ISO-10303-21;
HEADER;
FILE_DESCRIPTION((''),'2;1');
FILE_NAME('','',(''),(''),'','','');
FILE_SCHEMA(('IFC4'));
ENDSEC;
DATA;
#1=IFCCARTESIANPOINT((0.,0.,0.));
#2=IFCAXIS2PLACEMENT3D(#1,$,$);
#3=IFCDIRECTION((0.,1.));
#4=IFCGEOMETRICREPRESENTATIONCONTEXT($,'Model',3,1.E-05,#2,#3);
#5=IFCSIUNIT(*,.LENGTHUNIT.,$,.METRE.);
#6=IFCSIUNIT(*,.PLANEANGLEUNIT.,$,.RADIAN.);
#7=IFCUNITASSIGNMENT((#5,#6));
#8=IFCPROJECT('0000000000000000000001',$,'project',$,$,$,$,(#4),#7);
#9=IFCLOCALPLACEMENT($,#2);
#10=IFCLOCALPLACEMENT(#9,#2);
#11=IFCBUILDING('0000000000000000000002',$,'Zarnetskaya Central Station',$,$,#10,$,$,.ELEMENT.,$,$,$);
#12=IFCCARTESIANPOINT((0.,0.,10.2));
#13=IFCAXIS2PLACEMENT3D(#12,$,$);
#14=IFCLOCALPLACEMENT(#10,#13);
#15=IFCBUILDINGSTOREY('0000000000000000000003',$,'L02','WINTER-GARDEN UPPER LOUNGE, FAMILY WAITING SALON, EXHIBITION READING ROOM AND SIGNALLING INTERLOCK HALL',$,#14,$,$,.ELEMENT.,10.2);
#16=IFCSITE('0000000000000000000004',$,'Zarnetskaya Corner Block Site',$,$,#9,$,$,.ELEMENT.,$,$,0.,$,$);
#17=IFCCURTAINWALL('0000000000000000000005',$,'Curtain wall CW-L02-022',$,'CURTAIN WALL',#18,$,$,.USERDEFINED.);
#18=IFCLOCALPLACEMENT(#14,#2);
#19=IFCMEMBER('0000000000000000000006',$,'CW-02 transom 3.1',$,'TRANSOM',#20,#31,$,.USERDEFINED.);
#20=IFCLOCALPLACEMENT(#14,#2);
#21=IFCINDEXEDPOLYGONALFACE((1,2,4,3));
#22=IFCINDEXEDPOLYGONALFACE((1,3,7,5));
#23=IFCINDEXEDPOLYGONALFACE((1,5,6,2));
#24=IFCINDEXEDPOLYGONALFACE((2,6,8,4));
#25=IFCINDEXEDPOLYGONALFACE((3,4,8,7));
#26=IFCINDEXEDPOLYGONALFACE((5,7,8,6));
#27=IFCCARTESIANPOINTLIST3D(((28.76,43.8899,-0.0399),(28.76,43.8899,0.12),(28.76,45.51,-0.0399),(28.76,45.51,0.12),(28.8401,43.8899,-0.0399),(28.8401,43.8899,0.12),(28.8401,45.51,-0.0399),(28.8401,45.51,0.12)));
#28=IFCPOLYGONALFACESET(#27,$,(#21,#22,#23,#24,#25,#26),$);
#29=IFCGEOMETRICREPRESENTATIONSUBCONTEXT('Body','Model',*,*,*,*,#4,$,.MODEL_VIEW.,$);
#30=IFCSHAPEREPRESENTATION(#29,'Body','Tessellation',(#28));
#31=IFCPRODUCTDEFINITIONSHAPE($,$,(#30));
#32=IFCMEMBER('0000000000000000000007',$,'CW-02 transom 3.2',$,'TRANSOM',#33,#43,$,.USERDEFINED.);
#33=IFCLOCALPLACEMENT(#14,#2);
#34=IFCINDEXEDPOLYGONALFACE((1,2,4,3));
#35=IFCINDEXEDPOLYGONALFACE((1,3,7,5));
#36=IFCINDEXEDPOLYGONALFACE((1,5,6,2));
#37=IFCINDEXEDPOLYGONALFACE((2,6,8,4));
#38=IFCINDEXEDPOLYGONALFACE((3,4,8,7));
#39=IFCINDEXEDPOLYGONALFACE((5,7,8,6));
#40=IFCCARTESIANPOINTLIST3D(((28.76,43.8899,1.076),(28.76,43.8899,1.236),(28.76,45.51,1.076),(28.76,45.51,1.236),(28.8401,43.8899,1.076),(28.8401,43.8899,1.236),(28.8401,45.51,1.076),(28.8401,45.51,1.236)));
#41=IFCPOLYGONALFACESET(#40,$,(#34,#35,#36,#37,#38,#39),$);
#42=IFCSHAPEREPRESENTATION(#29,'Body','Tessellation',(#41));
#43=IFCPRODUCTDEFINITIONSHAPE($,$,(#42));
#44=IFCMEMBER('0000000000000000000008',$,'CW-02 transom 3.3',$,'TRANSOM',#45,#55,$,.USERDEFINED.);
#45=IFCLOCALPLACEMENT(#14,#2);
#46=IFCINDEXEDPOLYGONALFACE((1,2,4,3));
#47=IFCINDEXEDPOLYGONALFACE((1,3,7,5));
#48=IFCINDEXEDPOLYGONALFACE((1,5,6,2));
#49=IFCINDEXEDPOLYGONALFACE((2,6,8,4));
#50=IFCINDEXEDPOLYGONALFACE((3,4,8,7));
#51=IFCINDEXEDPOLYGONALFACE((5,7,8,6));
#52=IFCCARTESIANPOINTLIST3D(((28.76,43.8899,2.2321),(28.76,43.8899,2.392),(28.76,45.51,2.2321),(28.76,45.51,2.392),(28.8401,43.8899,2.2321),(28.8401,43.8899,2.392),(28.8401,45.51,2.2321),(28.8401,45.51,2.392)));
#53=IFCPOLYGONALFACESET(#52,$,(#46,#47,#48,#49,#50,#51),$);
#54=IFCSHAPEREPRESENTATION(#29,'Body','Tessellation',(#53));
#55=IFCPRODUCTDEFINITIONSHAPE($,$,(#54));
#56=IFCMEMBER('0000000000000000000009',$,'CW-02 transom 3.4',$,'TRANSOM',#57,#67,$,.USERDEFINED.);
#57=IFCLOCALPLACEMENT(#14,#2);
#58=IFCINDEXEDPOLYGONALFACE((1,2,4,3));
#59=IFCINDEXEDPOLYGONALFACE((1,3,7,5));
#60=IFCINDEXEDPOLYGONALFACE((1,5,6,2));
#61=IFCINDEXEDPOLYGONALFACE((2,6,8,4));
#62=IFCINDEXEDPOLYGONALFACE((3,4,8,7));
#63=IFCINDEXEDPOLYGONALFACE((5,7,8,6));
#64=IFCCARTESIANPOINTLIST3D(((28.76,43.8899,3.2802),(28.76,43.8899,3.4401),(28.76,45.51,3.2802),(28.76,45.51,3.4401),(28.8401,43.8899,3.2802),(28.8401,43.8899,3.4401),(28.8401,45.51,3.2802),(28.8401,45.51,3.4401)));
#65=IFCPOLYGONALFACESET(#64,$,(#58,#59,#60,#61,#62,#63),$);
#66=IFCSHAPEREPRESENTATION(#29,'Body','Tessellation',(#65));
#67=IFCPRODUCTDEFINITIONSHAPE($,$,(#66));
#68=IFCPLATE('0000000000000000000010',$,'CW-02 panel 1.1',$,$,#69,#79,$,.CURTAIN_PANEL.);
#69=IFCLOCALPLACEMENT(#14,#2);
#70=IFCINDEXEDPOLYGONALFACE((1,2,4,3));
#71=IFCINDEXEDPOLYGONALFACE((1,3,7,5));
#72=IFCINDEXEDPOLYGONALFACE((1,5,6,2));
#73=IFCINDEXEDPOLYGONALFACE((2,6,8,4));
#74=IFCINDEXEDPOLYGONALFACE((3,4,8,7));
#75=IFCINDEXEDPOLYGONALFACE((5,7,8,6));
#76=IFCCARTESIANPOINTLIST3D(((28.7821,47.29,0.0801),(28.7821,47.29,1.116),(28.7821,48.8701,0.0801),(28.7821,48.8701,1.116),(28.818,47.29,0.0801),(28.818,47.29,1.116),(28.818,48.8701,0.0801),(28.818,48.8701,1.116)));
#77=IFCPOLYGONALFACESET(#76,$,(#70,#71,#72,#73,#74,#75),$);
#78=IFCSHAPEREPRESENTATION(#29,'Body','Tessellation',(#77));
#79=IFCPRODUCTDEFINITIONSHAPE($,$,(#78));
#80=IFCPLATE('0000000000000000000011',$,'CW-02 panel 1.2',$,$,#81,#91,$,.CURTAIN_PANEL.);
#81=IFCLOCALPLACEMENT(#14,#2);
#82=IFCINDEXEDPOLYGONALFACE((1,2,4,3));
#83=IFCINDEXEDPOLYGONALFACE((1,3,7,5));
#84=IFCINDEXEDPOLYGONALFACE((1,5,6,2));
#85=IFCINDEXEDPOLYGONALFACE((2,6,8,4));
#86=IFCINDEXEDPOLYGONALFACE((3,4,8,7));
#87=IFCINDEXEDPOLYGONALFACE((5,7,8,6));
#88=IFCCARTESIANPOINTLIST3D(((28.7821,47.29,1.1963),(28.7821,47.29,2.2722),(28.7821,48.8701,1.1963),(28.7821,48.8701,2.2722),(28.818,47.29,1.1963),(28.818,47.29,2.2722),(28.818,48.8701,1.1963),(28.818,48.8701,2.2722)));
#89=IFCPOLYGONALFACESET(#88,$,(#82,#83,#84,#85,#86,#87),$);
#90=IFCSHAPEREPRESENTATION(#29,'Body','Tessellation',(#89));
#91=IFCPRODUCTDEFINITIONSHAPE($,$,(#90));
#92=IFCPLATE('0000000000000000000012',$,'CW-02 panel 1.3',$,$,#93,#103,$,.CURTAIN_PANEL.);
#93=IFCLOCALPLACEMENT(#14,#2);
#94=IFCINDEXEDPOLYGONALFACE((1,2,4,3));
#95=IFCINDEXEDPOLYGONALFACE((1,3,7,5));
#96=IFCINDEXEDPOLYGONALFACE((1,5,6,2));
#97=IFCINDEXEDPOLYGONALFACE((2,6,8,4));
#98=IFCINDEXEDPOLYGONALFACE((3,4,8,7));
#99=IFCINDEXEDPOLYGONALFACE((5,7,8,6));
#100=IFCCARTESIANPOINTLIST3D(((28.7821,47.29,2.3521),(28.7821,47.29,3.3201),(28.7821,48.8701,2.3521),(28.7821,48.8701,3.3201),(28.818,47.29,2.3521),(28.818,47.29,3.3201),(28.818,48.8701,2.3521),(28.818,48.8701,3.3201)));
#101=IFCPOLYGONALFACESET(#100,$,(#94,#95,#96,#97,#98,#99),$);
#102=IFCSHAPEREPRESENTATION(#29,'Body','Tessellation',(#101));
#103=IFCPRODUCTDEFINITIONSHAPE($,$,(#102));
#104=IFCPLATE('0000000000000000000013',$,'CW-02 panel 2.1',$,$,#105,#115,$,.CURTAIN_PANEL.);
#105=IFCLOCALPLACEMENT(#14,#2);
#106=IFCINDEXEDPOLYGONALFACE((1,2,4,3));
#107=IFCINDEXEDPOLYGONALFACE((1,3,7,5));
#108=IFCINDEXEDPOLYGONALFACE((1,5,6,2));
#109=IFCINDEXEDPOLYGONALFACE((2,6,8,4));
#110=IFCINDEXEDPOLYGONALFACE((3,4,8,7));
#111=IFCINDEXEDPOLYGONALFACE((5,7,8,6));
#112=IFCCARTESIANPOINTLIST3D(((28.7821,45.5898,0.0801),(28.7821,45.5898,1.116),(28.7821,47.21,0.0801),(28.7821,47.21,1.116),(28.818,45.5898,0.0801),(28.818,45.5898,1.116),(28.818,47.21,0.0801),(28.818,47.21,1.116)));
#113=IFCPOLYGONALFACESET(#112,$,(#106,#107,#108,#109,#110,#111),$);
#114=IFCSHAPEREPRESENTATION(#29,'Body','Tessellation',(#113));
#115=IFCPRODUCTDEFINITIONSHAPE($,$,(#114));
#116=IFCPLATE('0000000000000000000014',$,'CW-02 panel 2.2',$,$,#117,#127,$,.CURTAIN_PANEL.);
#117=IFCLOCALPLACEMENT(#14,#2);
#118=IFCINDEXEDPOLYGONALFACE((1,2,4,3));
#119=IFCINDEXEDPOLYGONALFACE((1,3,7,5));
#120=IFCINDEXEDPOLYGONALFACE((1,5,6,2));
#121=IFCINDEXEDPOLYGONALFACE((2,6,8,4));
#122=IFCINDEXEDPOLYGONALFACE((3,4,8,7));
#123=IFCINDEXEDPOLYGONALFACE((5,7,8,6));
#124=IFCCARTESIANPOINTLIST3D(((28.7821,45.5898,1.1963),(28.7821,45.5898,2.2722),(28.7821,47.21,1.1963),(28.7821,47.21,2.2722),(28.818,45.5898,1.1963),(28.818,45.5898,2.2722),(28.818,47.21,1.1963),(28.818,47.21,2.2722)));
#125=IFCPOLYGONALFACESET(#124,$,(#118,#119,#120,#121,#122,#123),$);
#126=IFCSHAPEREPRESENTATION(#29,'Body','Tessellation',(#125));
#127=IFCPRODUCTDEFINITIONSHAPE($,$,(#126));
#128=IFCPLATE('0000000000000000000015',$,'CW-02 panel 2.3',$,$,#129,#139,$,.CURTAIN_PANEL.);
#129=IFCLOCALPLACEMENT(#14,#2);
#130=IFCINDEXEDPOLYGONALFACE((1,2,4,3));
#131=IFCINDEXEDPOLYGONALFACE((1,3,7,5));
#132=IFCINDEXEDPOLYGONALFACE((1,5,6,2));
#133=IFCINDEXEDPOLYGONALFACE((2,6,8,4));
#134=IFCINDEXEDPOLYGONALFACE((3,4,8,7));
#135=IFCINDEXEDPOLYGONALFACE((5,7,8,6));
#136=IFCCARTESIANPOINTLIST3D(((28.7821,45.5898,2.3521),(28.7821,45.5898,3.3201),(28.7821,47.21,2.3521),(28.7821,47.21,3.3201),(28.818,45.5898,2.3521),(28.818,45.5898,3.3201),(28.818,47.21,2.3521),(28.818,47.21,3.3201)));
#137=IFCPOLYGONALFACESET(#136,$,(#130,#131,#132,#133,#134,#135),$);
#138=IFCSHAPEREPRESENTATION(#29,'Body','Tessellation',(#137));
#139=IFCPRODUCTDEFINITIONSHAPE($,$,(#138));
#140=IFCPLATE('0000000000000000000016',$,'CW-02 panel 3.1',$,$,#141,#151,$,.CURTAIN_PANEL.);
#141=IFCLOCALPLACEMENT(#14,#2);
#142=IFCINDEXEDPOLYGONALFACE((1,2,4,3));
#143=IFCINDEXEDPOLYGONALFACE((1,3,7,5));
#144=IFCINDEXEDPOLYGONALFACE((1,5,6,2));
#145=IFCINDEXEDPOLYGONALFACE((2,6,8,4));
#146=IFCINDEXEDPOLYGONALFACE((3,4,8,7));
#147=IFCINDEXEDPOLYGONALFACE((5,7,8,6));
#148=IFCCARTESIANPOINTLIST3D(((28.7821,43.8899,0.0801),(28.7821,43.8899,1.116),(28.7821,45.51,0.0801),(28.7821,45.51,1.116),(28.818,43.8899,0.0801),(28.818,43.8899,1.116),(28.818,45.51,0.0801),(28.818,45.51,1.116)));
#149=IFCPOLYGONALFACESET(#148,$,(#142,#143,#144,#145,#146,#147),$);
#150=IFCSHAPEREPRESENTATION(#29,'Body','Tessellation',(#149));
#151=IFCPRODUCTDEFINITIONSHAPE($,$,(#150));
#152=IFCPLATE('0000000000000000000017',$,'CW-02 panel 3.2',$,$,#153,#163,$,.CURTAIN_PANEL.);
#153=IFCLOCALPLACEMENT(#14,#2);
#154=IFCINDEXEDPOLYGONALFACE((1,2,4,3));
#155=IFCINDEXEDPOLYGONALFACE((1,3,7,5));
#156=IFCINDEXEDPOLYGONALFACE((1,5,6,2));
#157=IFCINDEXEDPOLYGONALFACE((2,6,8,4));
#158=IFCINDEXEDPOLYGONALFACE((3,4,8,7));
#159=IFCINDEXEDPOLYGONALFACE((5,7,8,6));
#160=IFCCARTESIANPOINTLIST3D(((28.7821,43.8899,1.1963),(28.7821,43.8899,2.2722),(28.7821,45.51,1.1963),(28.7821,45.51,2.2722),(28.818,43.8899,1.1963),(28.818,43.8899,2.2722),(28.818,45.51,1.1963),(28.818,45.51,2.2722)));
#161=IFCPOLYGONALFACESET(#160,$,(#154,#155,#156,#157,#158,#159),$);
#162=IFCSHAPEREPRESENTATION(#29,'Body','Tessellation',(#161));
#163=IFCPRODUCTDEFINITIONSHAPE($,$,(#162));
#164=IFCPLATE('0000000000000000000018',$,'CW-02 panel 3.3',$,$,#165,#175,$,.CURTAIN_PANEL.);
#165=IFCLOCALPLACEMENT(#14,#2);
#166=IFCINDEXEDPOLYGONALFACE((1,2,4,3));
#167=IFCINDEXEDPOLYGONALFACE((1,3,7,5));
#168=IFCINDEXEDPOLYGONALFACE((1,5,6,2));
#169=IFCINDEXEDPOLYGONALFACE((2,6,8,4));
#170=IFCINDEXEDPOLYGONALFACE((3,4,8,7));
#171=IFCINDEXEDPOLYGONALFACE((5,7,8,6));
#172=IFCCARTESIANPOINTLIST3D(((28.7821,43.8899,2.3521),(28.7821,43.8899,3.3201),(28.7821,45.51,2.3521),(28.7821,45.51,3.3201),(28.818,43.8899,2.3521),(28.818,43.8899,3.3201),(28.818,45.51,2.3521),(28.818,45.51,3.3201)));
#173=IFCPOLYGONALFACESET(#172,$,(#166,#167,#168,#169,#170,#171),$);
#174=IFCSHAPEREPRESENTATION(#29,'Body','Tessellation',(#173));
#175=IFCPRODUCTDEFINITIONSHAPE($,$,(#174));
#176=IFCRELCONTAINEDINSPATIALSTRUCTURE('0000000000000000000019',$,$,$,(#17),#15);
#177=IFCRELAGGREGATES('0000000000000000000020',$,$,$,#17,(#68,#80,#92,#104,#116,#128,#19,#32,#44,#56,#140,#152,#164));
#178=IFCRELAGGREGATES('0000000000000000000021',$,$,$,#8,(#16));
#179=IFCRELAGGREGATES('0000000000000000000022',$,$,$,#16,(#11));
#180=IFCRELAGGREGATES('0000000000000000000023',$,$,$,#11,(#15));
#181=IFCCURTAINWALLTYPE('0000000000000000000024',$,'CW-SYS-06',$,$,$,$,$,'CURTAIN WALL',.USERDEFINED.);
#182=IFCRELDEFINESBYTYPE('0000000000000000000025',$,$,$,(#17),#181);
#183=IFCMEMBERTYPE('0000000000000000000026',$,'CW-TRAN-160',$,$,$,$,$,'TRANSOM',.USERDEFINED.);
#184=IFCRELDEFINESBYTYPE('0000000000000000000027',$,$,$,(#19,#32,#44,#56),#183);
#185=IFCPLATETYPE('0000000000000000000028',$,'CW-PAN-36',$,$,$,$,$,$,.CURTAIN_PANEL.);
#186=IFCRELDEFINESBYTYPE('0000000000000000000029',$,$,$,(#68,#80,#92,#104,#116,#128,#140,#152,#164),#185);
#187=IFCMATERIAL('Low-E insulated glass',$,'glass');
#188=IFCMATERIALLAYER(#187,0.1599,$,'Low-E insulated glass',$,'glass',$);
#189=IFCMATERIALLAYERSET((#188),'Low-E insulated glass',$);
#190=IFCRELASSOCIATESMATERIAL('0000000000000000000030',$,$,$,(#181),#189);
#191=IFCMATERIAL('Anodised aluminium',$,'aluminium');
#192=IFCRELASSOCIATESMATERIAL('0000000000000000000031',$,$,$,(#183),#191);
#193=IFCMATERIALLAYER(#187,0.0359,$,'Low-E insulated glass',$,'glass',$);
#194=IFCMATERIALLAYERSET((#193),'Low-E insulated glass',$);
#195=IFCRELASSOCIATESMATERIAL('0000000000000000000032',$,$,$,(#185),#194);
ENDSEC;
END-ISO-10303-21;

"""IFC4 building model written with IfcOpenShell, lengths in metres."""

from ifc_helpers import new_model, si_unit, direction, frame, origin, origin_2d, place, context, subcontext, project, spatial, rectangle, extrude, material, layer, layer_set, material_profile, profile_set, type_object, element, aggregate, save


model = new_model("IFC4")

# Units and contexts
model_context = context("Model", 3, precision=1e-05, world=origin(), true_north=direction((0.0, 1.0)))
body_context = subcontext(model_context, "Body", "Model", "MODEL_VIEW")
ifc_project = project(units=[si_unit("LENGTHUNIT", "METRE"), si_unit("PLANEANGLEUNIT", "RADIAN")], contexts=[model_context])

# Site, building, storey
site_placement = place(None, origin())
site = spatial("IfcSite", under=ifc_project, at=site_placement, Name="Zarnetskaya Corner Block Site", CompositionType="ELEMENT", RefElevation=0.0)
building_placement = place(site_placement, origin())
building = spatial("IfcBuilding", under=site, at=building_placement, Name="Zarnetskaya Central Station", CompositionType="ELEMENT")
storey_placement = place(building_placement, frame((0.0, 0.0, 10.2)))
storey = spatial("IfcBuildingStorey", under=building, at=storey_placement, Name="L02", Description="WINTER-GARDEN UPPER LOUNGE, FAMILY WAITING SALON, EXHIBITION READING ROOM AND SIGNALLING INTERLOCK HALL", CompositionType="ELEMENT", Elevation=10.2)

# Curtain wall, members, plates
ifc_material_1 = material(Name="Low-E insulated glass", Category="glass")
ifc_layer_1 = layer(ifc_material_1, 0.1599, Name="Low-E insulated glass", Category="glass")
ifc_layer_set_1 = layer_set([ifc_layer_1], Name="Low-E insulated glass")
curtain_wall_type = type_object("IfcCurtainWallType", Name="CW-SYS-06", ElementType="CURTAIN WALL", PredefinedType="USERDEFINED", material=ifc_layer_set_1)
curtain_wall_placement = place(storey_placement, origin())
curtain_wall = element("IfcCurtainWall", 1, at=curtain_wall_placement, inside=storey, type_object=curtain_wall_type, Name="Curtain wall CW-L02-022", ObjectType="CURTAIN WALL", PredefinedType="USERDEFINED")
ifc_material_2 = material(Name="Anodised aluminium", Category="aluminium")
ifc_material_profile_1 = material_profile(ifc_material_2, rectangle(XDim=0.0801, YDim=0.1599, at=origin_2d()), Name="ALU TRAN 80x160")
ifc_profile_set_1 = profile_set([ifc_material_profile_1], Name="Anodised aluminium")
member_type_1 = type_object("IfcMemberType", Name="CW-TRAN-160", ElementType="TRANSOM", PredefinedType="USERDEFINED", material=ifc_profile_set_1)
member_1_placement = place(storey_placement, frame((28.8, 45.51, 0.04), z_axis=(0.0, -1.0, 0.0), x_axis=(1.0, 0.0, 0.0)))
member_1 = element("IfcMember", 2, at=member_1_placement, type_object=member_type_1, Name="CW-02 transom 3.1", ObjectType="TRANSOM", PredefinedType="USERDEFINED", context=body_context, shape_type="SweptSolid", body=[
    extrude(rectangle(XDim=0.0801, YDim=0.1599, at=origin_2d()), origin(), (0.0, 0.0, 1.0), 1.6201),
])
member_2_placement = place(storey_placement, frame((28.8, 45.51, 1.156), z_axis=(0.0, -1.0, 0.0), x_axis=(1.0, 0.0, 0.0)))
member_2 = element("IfcMember", 3, at=member_2_placement, type_object=member_type_1, Name="CW-02 transom 3.2", ObjectType="TRANSOM", PredefinedType="USERDEFINED", context=body_context, shape_type="SweptSolid", body=[
    extrude(rectangle(XDim=0.0801, YDim=0.1599, at=origin_2d()), origin(), (0.0, 0.0, 1.0), 1.6201),
])
member_3_placement = place(storey_placement, frame((28.8, 45.51, 2.312), z_axis=(0.0, -1.0, 0.0), x_axis=(1.0, 0.0, 0.0)))
member_3 = element("IfcMember", 4, at=member_3_placement, type_object=member_type_1, Name="CW-02 transom 3.3", ObjectType="TRANSOM", PredefinedType="USERDEFINED", context=body_context, shape_type="SweptSolid", body=[
    extrude(rectangle(XDim=0.0801, YDim=0.1599, at=origin_2d()), origin(), (0.0, 0.0, 1.0), 1.6201),
])
member_4_placement = place(storey_placement, frame((28.8, 45.51, 3.3601), z_axis=(0.0, -1.0, 0.0), x_axis=(1.0, 0.0, 0.0)))
member_4 = element("IfcMember", 5, at=member_4_placement, type_object=member_type_1, Name="CW-02 transom 3.4", ObjectType="TRANSOM", PredefinedType="USERDEFINED", context=body_context, shape_type="SweptSolid", body=[
    extrude(rectangle(XDim=0.0801, YDim=0.1599, at=origin_2d()), origin(), (0.0, 0.0, 1.0), 1.6201),
])
ifc_layer_2 = layer(ifc_material_1, 0.0359, Name="Low-E insulated glass", Category="glass")
ifc_layer_set_2 = layer_set([ifc_layer_2], Name="Low-E insulated glass")
plate_type = type_object("IfcPlateType", Name="CW-PAN-36", PredefinedType="CURTAIN_PANEL", material=ifc_layer_set_2)
plate_1_placement = place(storey_placement, frame((28.8, 48.0801, 0.0801), z_axis=(0.0, 0.0, 1.0), x_axis=(0.0, -1.0, 0.0)))
plate_1 = element("IfcPlate", 6, at=plate_1_placement, type_object=plate_type, Name="CW-02 panel 1.1", PredefinedType="CURTAIN_PANEL", context=body_context, shape_type="SweptSolid", body=[
    extrude(rectangle(XDim=1.5801, YDim=0.0359, at=origin_2d()), origin(), (0.0, 0.0, 1.0), 1.0359),
])
plate_2_placement = place(storey_placement, frame((28.8, 48.0801, 1.1963), z_axis=(0.0, 0.0, 1.0), x_axis=(0.0, -1.0, 0.0)))
plate_2 = element("IfcPlate", 7, at=plate_2_placement, type_object=plate_type, Name="CW-02 panel 1.2", PredefinedType="CURTAIN_PANEL", context=body_context, shape_type="SweptSolid", body=[
    extrude(rectangle(XDim=1.5801, YDim=0.0359, at=origin_2d()), origin(), (0.0, 0.0, 1.0), 1.0759),
])
plate_3_placement = place(storey_placement, frame((28.8, 48.0801, 2.3521), z_axis=(0.0, 0.0, 1.0), x_axis=(0.0, -1.0, 0.0)))
plate_3 = element("IfcPlate", 8, at=plate_3_placement, type_object=plate_type, Name="CW-02 panel 1.3", PredefinedType="CURTAIN_PANEL", context=body_context, shape_type="SweptSolid", body=[
    extrude(rectangle(XDim=1.5801, YDim=0.0359, at=origin_2d()), origin(), (0.0, 0.0, 1.0), 0.968),
])
plate_4_placement = place(storey_placement, frame((28.8, 46.3999, 0.0801), z_axis=(0.0, 0.0, 1.0), x_axis=(0.0, -1.0, 0.0)))
plate_4 = element("IfcPlate", 9, at=plate_4_placement, type_object=plate_type, Name="CW-02 panel 2.1", PredefinedType="CURTAIN_PANEL", context=body_context, shape_type="SweptSolid", body=[
    extrude(rectangle(XDim=1.6201, YDim=0.0359, at=origin_2d()), origin(), (0.0, 0.0, 1.0), 1.0359),
])
plate_5_placement = place(storey_placement, frame((28.8, 46.3999, 1.1963), z_axis=(0.0, 0.0, 1.0), x_axis=(0.0, -1.0, 0.0)))
plate_5 = element("IfcPlate", 10, at=plate_5_placement, type_object=plate_type, Name="CW-02 panel 2.2", PredefinedType="CURTAIN_PANEL", context=body_context, shape_type="SweptSolid", body=[
    extrude(rectangle(XDim=1.6201, YDim=0.0359, at=origin_2d()), origin(), (0.0, 0.0, 1.0), 1.0759),
])
plate_6_placement = place(storey_placement, frame((28.8, 46.3999, 2.3521), z_axis=(0.0, 0.0, 1.0), x_axis=(0.0, -1.0, 0.0)))
plate_6 = element("IfcPlate", 11, at=plate_6_placement, type_object=plate_type, Name="CW-02 panel 2.3", PredefinedType="CURTAIN_PANEL", context=body_context, shape_type="SweptSolid", body=[
    extrude(rectangle(XDim=1.6201, YDim=0.0359, at=origin_2d()), origin(), (0.0, 0.0, 1.0), 0.968),
])
plate_7_placement = place(storey_placement, frame((28.8, 44.7, 0.0801), z_axis=(0.0, 0.0, 1.0), x_axis=(0.0, -1.0, 0.0)))
plate_7 = element("IfcPlate", 12, at=plate_7_placement, type_object=plate_type, Name="CW-02 panel 3.1", PredefinedType="CURTAIN_PANEL", context=body_context, shape_type="SweptSolid", body=[
    extrude(rectangle(XDim=1.6201, YDim=0.0359, at=origin_2d()), origin(), (0.0, 0.0, 1.0), 1.0359),
])
plate_8_placement = place(storey_placement, frame((28.8, 44.7, 1.1963), z_axis=(0.0, 0.0, 1.0), x_axis=(0.0, -1.0, 0.0)))
plate_8 = element("IfcPlate", 13, at=plate_8_placement, type_object=plate_type, Name="CW-02 panel 3.2", PredefinedType="CURTAIN_PANEL", context=body_context, shape_type="SweptSolid", body=[
    extrude(rectangle(XDim=1.6201, YDim=0.0359, at=origin_2d()), origin(), (0.0, 0.0, 1.0), 1.0759),
])
plate_9_placement = place(storey_placement, frame((28.8, 44.7, 2.3521), z_axis=(0.0, 0.0, 1.0), x_axis=(0.0, -1.0, 0.0)))
plate_9 = element("IfcPlate", 14, at=plate_9_placement, type_object=plate_type, Name="CW-02 panel 3.3", PredefinedType="CURTAIN_PANEL", context=body_context, shape_type="SweptSolid", body=[
    extrude(rectangle(XDim=1.6201, YDim=0.0359, at=origin_2d()), origin(), (0.0, 0.0, 1.0), 0.968),
])
aggregate(curtain_wall, [plate_1, plate_2, plate_3, plate_4, plate_5, plate_6, member_1, member_2, member_3, member_4, plate_7, plate_8, plate_9])

save(model, "model.ifc")
